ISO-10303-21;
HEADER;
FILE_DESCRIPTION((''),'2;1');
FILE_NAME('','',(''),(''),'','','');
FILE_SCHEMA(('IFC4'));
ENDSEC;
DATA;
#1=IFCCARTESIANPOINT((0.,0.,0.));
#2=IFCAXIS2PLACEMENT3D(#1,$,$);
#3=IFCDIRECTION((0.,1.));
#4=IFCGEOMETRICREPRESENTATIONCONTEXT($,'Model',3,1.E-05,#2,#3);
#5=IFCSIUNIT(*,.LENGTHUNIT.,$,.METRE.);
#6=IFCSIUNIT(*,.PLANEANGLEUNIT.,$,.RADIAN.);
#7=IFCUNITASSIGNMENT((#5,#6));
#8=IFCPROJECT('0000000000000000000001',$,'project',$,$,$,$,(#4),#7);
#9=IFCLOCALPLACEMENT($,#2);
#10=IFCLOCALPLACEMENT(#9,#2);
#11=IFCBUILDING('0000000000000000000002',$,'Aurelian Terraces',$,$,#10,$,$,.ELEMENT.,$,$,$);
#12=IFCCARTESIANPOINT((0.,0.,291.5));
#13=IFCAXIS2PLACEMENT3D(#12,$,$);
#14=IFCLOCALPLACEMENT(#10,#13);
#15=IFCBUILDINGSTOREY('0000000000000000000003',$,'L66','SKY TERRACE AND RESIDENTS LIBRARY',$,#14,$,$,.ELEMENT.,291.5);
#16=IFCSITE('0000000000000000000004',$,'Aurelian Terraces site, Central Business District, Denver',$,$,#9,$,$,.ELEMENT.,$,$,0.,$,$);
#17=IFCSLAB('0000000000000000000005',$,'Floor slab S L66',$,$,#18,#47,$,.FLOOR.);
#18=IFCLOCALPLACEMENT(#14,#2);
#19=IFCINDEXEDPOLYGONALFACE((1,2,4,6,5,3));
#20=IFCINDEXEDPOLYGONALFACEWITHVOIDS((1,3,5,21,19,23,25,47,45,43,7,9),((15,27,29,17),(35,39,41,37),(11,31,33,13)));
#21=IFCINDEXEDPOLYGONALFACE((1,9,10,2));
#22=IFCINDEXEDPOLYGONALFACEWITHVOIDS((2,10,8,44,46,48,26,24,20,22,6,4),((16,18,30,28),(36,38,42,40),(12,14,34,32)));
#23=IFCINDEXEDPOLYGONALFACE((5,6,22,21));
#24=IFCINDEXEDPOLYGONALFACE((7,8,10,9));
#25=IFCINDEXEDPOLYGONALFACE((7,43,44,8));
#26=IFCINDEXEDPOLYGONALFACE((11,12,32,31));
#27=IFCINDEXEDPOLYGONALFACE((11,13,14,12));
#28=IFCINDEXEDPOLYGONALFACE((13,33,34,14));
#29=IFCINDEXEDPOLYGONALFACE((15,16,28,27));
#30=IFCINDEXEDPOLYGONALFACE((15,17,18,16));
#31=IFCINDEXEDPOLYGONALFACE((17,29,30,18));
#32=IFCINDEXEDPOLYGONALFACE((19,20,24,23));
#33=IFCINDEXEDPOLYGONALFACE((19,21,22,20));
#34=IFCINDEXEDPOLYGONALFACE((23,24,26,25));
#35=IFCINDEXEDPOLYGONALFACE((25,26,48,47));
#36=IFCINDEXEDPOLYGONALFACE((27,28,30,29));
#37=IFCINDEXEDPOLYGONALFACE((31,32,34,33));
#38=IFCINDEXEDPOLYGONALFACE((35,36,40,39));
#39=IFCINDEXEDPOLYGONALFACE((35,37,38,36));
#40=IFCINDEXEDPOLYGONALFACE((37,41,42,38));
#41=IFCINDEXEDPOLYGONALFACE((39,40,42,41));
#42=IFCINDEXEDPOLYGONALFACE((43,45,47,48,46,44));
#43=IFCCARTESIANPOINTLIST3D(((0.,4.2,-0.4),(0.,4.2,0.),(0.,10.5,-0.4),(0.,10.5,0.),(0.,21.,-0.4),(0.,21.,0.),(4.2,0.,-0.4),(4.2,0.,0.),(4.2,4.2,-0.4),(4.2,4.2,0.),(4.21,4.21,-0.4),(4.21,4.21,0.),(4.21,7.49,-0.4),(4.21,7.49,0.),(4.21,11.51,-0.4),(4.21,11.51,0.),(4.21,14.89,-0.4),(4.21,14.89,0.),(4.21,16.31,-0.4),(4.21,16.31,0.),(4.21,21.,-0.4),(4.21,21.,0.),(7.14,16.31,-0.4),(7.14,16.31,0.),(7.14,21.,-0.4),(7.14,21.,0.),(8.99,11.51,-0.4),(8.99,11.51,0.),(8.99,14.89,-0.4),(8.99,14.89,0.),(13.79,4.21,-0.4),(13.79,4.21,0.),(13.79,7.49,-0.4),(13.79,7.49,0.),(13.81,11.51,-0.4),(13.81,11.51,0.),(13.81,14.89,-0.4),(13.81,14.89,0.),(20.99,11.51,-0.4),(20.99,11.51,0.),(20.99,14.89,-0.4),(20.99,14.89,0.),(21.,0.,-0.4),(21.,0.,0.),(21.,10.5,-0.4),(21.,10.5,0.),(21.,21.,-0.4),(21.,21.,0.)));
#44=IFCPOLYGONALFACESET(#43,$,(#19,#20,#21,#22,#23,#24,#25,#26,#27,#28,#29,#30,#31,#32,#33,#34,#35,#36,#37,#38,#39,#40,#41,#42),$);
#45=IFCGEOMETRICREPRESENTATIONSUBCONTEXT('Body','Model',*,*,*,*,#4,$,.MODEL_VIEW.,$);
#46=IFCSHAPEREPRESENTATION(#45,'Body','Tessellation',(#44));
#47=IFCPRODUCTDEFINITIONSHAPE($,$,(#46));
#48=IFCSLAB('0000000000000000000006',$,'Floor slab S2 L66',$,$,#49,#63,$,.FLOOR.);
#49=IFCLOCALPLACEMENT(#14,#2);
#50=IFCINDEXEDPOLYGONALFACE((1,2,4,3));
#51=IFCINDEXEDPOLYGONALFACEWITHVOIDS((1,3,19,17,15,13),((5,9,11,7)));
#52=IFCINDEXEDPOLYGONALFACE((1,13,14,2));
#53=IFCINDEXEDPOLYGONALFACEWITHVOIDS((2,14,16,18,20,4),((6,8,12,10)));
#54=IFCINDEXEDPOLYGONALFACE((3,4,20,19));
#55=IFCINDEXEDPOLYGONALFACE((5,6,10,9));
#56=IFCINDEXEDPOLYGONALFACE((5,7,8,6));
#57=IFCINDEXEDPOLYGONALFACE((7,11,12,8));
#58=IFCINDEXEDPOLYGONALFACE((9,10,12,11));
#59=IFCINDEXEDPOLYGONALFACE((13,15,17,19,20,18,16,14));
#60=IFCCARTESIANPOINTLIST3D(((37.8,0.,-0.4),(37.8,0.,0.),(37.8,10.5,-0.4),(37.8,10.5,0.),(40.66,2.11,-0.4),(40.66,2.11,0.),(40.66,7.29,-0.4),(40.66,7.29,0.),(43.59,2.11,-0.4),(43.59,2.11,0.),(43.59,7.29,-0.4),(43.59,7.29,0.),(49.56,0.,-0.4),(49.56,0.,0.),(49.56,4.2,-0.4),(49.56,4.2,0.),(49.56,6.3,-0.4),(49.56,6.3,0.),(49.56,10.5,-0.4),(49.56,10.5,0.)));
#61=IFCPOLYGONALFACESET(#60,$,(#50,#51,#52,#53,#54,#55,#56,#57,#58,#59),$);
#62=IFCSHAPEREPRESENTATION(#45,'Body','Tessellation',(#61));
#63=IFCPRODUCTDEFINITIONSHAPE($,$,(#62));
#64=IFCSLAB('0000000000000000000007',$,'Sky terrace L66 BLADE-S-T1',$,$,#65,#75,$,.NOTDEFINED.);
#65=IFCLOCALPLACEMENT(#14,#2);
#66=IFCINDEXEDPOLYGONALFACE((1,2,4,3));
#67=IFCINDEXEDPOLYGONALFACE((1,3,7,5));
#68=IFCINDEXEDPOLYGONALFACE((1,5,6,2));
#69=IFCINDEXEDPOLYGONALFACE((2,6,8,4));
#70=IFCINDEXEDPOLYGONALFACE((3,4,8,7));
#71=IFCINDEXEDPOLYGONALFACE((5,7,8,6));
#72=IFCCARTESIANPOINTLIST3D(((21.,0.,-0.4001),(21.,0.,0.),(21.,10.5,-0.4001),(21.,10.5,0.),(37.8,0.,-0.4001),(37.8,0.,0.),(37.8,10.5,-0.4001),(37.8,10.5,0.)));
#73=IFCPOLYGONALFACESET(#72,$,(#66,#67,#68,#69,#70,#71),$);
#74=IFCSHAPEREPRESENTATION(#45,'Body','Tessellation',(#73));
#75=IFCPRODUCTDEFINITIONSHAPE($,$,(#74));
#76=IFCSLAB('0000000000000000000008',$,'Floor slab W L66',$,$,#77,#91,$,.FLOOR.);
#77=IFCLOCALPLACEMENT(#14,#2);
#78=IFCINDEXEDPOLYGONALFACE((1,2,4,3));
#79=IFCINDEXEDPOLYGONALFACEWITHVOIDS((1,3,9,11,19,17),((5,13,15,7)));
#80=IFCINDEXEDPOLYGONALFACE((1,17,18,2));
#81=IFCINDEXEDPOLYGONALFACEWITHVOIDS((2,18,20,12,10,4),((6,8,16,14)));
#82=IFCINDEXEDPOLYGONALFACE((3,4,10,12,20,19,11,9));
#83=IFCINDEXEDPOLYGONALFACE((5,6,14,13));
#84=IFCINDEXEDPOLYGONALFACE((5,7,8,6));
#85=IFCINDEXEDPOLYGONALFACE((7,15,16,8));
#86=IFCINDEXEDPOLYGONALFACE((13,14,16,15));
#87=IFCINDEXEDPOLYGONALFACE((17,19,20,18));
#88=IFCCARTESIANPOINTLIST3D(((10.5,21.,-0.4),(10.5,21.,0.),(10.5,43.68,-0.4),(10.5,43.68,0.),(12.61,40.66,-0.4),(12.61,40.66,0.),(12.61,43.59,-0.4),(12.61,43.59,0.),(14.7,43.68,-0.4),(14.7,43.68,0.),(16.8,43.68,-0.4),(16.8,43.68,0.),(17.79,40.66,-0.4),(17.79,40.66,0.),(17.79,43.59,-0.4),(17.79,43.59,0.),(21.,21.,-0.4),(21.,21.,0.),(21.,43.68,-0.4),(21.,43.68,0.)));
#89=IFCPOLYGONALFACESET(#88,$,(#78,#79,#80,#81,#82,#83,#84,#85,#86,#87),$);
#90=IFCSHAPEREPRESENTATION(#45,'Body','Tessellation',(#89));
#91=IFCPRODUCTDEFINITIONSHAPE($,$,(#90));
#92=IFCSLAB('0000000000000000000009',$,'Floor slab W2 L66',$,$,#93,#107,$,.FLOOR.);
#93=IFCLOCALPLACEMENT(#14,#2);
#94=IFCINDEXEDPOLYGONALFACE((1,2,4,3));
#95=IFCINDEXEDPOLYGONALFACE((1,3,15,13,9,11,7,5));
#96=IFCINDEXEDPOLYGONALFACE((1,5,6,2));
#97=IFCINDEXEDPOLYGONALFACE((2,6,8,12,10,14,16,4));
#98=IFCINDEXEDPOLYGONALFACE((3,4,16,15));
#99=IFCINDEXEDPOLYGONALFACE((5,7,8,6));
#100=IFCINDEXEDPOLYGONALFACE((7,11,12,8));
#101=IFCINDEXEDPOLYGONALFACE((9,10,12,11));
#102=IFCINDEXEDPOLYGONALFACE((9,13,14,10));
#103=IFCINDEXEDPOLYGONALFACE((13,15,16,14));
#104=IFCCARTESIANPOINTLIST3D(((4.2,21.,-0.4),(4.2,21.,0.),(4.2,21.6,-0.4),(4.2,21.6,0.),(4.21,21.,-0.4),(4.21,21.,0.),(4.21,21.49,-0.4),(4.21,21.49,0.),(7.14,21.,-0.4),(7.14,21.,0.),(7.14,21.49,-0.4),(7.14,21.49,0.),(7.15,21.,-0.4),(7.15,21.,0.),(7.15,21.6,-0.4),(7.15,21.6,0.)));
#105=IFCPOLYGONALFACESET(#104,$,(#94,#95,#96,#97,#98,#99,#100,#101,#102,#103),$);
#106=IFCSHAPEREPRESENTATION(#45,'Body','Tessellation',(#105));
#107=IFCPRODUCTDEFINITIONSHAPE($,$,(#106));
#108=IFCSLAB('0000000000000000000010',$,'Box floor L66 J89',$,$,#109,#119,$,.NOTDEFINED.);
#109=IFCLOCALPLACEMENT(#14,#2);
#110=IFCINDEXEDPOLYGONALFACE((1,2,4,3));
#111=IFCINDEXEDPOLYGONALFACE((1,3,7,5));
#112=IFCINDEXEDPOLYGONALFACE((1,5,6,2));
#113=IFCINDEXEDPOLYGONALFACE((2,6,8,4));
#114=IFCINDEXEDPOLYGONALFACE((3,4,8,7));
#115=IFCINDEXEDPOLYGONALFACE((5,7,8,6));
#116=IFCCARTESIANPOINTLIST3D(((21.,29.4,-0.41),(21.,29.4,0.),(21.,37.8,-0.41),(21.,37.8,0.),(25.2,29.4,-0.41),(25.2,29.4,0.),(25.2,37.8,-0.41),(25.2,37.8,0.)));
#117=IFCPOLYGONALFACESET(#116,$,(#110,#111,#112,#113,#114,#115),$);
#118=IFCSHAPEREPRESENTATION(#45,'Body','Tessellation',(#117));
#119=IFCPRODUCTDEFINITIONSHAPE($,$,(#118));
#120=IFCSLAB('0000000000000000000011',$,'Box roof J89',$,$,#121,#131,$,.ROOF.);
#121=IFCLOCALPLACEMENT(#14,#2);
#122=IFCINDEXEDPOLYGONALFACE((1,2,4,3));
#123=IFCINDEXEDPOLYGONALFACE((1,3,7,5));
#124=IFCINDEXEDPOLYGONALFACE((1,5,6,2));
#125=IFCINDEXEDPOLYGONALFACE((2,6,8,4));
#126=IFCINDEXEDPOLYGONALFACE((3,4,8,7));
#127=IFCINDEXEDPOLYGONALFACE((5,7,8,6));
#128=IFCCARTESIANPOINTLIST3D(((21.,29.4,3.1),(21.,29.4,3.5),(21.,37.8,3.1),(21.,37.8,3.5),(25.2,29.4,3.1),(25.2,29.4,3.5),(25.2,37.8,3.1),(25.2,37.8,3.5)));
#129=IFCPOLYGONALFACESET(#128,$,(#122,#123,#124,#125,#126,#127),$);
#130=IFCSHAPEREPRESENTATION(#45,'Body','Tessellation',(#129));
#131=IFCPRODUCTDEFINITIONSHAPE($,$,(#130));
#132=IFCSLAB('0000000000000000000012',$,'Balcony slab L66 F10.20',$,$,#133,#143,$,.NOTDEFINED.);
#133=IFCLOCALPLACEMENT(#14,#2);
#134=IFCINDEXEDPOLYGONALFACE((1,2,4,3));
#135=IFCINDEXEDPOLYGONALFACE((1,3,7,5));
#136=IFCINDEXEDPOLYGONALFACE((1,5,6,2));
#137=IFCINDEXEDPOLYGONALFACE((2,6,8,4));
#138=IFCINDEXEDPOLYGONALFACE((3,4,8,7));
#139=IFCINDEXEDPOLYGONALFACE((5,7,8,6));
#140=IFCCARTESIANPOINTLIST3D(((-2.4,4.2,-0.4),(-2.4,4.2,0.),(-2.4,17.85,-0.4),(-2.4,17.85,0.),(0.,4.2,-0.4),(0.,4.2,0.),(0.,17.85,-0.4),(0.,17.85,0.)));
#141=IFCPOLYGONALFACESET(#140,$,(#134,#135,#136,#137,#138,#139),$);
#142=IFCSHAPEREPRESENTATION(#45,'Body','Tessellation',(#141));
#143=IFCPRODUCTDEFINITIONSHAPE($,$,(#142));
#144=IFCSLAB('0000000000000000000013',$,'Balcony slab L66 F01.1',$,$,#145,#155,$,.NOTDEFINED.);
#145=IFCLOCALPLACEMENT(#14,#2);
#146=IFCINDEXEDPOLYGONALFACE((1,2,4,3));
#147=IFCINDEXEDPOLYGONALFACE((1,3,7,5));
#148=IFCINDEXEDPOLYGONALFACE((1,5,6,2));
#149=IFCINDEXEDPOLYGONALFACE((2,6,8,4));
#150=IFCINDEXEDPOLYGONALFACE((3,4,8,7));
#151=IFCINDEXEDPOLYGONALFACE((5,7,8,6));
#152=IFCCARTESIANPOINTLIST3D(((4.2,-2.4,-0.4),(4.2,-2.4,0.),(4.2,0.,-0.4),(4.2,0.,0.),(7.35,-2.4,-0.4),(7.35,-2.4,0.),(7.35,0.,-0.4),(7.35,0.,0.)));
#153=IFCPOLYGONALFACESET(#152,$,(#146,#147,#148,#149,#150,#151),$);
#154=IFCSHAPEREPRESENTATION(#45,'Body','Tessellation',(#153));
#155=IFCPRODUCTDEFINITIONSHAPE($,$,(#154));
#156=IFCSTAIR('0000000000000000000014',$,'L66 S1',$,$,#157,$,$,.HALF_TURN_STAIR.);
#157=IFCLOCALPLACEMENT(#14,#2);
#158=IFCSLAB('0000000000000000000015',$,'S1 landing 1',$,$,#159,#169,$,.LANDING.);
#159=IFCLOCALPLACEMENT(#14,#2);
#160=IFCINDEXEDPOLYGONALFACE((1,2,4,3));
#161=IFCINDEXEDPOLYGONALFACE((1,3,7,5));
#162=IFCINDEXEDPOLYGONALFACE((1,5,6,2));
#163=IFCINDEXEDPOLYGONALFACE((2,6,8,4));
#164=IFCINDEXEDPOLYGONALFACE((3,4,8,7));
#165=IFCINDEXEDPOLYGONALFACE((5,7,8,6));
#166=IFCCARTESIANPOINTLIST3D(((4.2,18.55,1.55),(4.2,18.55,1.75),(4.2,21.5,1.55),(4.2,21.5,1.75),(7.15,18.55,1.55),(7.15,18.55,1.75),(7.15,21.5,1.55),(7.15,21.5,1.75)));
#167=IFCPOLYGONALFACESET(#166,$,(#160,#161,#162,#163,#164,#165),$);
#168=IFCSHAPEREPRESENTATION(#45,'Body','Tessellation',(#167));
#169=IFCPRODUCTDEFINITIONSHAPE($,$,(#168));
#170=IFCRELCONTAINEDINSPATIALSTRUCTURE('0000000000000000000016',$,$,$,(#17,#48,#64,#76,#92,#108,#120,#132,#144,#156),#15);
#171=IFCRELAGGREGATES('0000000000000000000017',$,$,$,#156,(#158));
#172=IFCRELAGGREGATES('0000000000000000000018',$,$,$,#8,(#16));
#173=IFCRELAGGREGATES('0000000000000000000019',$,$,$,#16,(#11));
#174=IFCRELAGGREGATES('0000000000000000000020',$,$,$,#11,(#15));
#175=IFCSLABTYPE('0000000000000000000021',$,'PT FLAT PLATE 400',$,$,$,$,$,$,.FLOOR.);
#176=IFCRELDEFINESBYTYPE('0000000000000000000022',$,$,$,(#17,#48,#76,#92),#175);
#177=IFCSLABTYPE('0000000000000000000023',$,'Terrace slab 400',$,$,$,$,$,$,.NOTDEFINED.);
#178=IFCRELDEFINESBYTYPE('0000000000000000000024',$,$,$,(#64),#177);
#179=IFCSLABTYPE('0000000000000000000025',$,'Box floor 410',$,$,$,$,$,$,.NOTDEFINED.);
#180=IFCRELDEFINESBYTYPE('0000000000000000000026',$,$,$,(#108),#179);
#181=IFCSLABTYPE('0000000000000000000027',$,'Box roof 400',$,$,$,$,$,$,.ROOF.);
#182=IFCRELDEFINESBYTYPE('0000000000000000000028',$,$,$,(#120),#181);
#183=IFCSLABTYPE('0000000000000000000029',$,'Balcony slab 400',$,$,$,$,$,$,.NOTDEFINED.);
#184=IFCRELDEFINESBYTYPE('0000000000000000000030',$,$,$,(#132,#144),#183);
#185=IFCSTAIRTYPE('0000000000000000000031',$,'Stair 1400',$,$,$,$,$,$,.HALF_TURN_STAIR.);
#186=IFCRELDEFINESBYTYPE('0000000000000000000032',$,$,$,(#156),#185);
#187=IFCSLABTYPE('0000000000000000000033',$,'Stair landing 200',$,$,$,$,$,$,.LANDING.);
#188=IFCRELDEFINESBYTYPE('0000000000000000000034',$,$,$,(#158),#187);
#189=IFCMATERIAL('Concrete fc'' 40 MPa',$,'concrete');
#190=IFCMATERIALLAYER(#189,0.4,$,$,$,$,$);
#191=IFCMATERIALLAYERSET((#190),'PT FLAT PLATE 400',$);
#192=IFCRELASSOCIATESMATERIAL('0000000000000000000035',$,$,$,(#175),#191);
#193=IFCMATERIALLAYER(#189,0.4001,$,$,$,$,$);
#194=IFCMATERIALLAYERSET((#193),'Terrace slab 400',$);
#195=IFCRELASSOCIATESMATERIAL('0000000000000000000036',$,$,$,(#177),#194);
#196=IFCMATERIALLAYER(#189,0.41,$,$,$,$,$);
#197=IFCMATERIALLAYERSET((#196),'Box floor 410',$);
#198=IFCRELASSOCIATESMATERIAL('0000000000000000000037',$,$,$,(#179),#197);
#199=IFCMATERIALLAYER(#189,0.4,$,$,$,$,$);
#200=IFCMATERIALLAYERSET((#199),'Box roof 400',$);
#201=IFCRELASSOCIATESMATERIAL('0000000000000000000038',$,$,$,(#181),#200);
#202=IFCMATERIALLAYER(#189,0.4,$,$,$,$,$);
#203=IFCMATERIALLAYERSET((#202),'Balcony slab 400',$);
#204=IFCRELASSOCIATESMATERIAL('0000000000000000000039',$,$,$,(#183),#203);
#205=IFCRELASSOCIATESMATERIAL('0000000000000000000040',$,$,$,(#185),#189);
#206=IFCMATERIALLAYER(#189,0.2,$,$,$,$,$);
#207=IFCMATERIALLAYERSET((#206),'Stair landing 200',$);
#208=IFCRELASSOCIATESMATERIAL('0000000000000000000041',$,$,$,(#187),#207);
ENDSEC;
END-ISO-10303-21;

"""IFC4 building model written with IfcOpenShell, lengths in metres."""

from ifc_helpers import new_model, si_unit, direction, frame, origin, place, context, subcontext, project, spatial, polyline, outline, extrude, source, transform, mapped, material, layer, layer_set, type_object, element, aggregate, save


model = new_model("IFC4")

# Units and contexts
model_context = context("Model", 3, precision=1e-05, world=origin(), true_north=direction((0.0, 1.0)))
body_context = subcontext(model_context, "Body", "Model", "MODEL_VIEW")
ifc_project = project(units=[si_unit("LENGTHUNIT", "METRE"), si_unit("PLANEANGLEUNIT", "RADIAN")], contexts=[model_context])

# Site, building, storey
site_placement = place(None, origin())
site = spatial("IfcSite", under=ifc_project, at=site_placement, Name="Aurelian Terraces site, Central Business District, Denver", CompositionType="ELEMENT", RefElevation=0.0)
building_placement = place(site_placement, origin())
building = spatial("IfcBuilding", under=site, at=building_placement, Name="Aurelian Terraces", CompositionType="ELEMENT")
storey_placement = place(building_placement, frame((0.0, 0.0, 291.5)))
storey = spatial("IfcBuildingStorey", under=building, at=storey_placement, Name="L66", Description="SKY TERRACE AND RESIDENTS LIBRARY", CompositionType="ELEMENT", Elevation=291.5)

# Slabs
ifc_material = material(Name="Concrete fc' 40 MPa", Category="concrete")
ifc_layer_1 = layer(ifc_material, 0.4)
ifc_layer_set_1 = layer_set([ifc_layer_1], Name="PT FLAT PLATE 400")
slab_type_1 = type_object("IfcSlabType", Name="PT FLAT PLATE 400", PredefinedType="FLOOR", material=ifc_layer_set_1)
slab_1_placement = place(storey_placement, frame((0.0, 0.0, -0.4)))
element("IfcSlab", 1, at=slab_1_placement, inside=storey, type_object=slab_type_1, Name="Floor slab S L66", PredefinedType="FLOOR", context=body_context, shape_type="SweptSolid", body=[
    extrude(outline(polyline([(4.2, 4.2), (0.0, 4.2), (0.0, 10.5), (0.0, 21.0), (4.21, 21.0), (4.21, 16.31), (7.14, 16.31), (7.14, 21.0), (21.0, 21.0), (21.0, 10.5), (21.0, 0.0), (4.2, 0.0), (4.2, 4.2)]), holes=[polyline([(13.81, 14.89), (13.81, 11.51), (20.99, 11.51), (20.99, 14.89), (13.81, 14.89)]), polyline([(4.21, 7.49), (4.21, 4.21), (13.79, 4.21), (13.79, 7.49), (4.21, 7.49)]), polyline([(8.99, 11.51), (8.99, 14.89), (4.21, 14.89), (4.21, 11.51), (8.99, 11.51)])]), origin(), (0.0, 0.0, 1.0), 0.4),
])
slab_2_placement = place(storey_placement, frame((0.0, 0.0, -0.4)))
element("IfcSlab", 2, at=slab_2_placement, inside=storey, type_object=slab_type_1, Name="Floor slab S2 L66", PredefinedType="FLOOR", context=body_context, shape_type="SweptSolid", body=[
    extrude(outline(polyline([(37.8, 10.5), (49.56, 10.5), (49.56, 6.3), (49.56, 4.2), (49.56, 0.0), (37.8, 0.0), (37.8, 10.5)]), holes=[polyline([(40.66, 2.11), (43.59, 2.11), (43.59, 7.29), (40.66, 7.29), (40.66, 2.11)])]), origin(), (0.0, 0.0, 1.0), 0.4),
])
ifc_layer_2 = layer(ifc_material, 0.4001)
ifc_layer_set_2 = layer_set([ifc_layer_2], Name="Terrace slab 400")
slab_type_2 = type_object("IfcSlabType", Name="Terrace slab 400", PredefinedType="NOTDEFINED", material=ifc_layer_set_2)
slab_3_placement = place(storey_placement, frame((0.0, 0.0, -0.4001)))
element("IfcSlab", 3, at=slab_3_placement, inside=storey, type_object=slab_type_2, Name="Sky terrace L66 BLADE-S-T1", PredefinedType="NOTDEFINED", context=body_context, shape_type="SweptSolid", body=[
    extrude(outline(polyline([(21.0, 0.0), (21.0, 10.5), (37.8, 10.5), (37.8, 0.0), (21.0, 0.0)])), origin(), (0.0, 0.0, 1.0), 0.4001),
])
shared_shape_1 = source(origin(), body_context, "Body", "SweptSolid", [
    extrude(outline(polyline([(10.5, 43.68), (14.7, 43.68), (16.8, 43.68), (21.0, 43.68), (21.0, 21.0), (10.5, 21.0), (10.5, 43.68)]), holes=[polyline([(17.79, 43.59), (12.61, 43.59), (12.61, 40.66), (17.79, 40.66), (17.79, 43.59)])]), origin(), (0.0, 0.0, 1.0), 0.4),
])
slab_4_placement = place(storey_placement, frame((0.0, 0.0, -0.4)))
element("IfcSlab", 4, at=slab_4_placement, inside=storey, type_object=slab_type_1, Name="Floor slab W L66", PredefinedType="FLOOR", context=body_context, shape_type="MappedRepresentation", body=[
    mapped(shared_shape_1, transform((0.0, 0.0, 0.0), scale=1.0)),
])
shared_shape_2 = source(origin(), body_context, "Body", "SweptSolid", [
    extrude(outline(polyline([(4.2, 21.0), (4.2, 21.6), (7.15, 21.6), (7.15, 21.0), (7.14, 21.0), (7.14, 21.49), (4.21, 21.49), (4.21, 21.0), (4.2, 21.0)])), origin(), (0.0, 0.0, 1.0), 0.4),
])
slab_5_placement = place(storey_placement, frame((0.0, 0.0, -0.4)))
element("IfcSlab", 5, at=slab_5_placement, inside=storey, type_object=slab_type_1, Name="Floor slab W2 L66", PredefinedType="FLOOR", context=body_context, shape_type="MappedRepresentation", body=[
    mapped(shared_shape_2, transform((0.0, 0.0, 0.0), scale=1.0)),
])
ifc_layer_3 = layer(ifc_material, 0.41)
ifc_layer_set_3 = layer_set([ifc_layer_3], Name="Box floor 410")
slab_type_3 = type_object("IfcSlabType", Name="Box floor 410", PredefinedType="NOTDEFINED", material=ifc_layer_set_3)
shared_shape_3 = source(origin(), body_context, "Body", "SweptSolid", [
    extrude(outline(polyline([(25.2, 29.4), (25.2, 37.8), (21.0, 37.8), (21.0, 29.4), (25.2, 29.4)])), origin(), (0.0, 0.0, 1.0), 0.41),
])
slab_6_placement = place(storey_placement, frame((0.0, 0.0, -0.41)))
element("IfcSlab", 6, at=slab_6_placement, inside=storey, type_object=slab_type_3, Name="Box floor L66 J89", PredefinedType="NOTDEFINED", context=body_context, shape_type="MappedRepresentation", body=[
    mapped(shared_shape_3, transform((0.0, 0.0, 0.0), scale=1.0)),
])
ifc_layer_4 = layer(ifc_material, 0.4)
ifc_layer_set_4 = layer_set([ifc_layer_4], Name="Box roof 400")
slab_type_4 = type_object("IfcSlabType", Name="Box roof 400", PredefinedType="ROOF", material=ifc_layer_set_4)
shared_shape_4 = source(origin(), body_context, "Body", "SweptSolid", [
    extrude(outline(polyline([(25.2, 29.4), (25.2, 37.8), (21.0, 37.8), (21.0, 29.4), (25.2, 29.4)])), origin(), (0.0, 0.0, 1.0), 0.4),
])
slab_7_placement = place(storey_placement, frame((0.0, 0.0, 3.1)))
element("IfcSlab", 7, at=slab_7_placement, inside=storey, type_object=slab_type_4, Name="Box roof J89", PredefinedType="ROOF", context=body_context, shape_type="MappedRepresentation", body=[
    mapped(shared_shape_4, transform((0.0, 0.0, 0.0), scale=1.0)),
])
ifc_layer_5 = layer(ifc_material, 0.4)
ifc_layer_set_5 = layer_set([ifc_layer_5], Name="Balcony slab 400")
slab_type_5 = type_object("IfcSlabType", Name="Balcony slab 400", PredefinedType="NOTDEFINED", material=ifc_layer_set_5)
shared_shape_5 = source(origin(), body_context, "Body", "SweptSolid", [
    extrude(outline(polyline([(0.0, 17.85), (0.0, 4.2), (-2.4, 4.2), (-2.4, 17.85), (0.0, 17.85)])), origin(), (0.0, 0.0, 1.0), 0.4),
])
slab_8_placement = place(storey_placement, frame((0.0, 0.0, -0.4)))
element("IfcSlab", 8, at=slab_8_placement, inside=storey, type_object=slab_type_5, Name="Balcony slab L66 F10.20", PredefinedType="NOTDEFINED", context=body_context, shape_type="MappedRepresentation", body=[
    mapped(shared_shape_5, transform((0.0, 0.0, 0.0), scale=1.0)),
])
shared_shape_6 = source(origin(), body_context, "Body", "SweptSolid", [
    extrude(outline(polyline([(4.2, 0.0), (7.35, 0.0), (7.35, -2.4), (4.2, -2.4), (4.2, 0.0)])), origin(), (0.0, 0.0, 1.0), 0.4),
])
slab_9_placement = place(storey_placement, frame((0.0, 0.0, -0.4)))
element("IfcSlab", 9, at=slab_9_placement, inside=storey, type_object=slab_type_5, Name="Balcony slab L66 F01.1", PredefinedType="NOTDEFINED", context=body_context, shape_type="MappedRepresentation", body=[
    mapped(shared_shape_6, transform((0.0, 0.0, 0.0), scale=1.0)),
])

# Stair, slab
stair_type = type_object("IfcStairType", Name="Stair 1400", PredefinedType="HALF_TURN_STAIR", material=ifc_material)
stair_1_placement = place(storey_placement, origin())
stair_1 = element("IfcStair", 10, at=stair_1_placement, inside=storey, type_object=stair_type, Name="L66 S1", PredefinedType="HALF_TURN_STAIR")
ifc_layer_6 = layer(ifc_material, 0.2)
ifc_layer_set_6 = layer_set([ifc_layer_6], Name="Stair landing 200")
slab_type_6 = type_object("IfcSlabType", Name="Stair landing 200", PredefinedType="LANDING", material=ifc_layer_set_6)
shared_shape_7 = source(origin(), body_context, "Body", "SweptSolid", [
    extrude(outline(polyline([(7.15, 18.55), (7.15, 21.5), (4.2, 21.5), (4.2, 18.55), (7.15, 18.55)])), origin(), (0.0, 0.0, 1.0), 0.2),
])
slab_10_placement = place(storey_placement, frame((0.0, 0.0, 1.55)))
slab_10 = element("IfcSlab", 11, at=slab_10_placement, type_object=slab_type_6, Name="S1 landing 1", PredefinedType="LANDING", context=body_context, shape_type="MappedRepresentation", body=[
    mapped(shared_shape_7, transform((0.0, 0.0, 0.0), scale=1.0)),
])
aggregate(stair_1, [slab_10])

save(model, "model.ifc")
